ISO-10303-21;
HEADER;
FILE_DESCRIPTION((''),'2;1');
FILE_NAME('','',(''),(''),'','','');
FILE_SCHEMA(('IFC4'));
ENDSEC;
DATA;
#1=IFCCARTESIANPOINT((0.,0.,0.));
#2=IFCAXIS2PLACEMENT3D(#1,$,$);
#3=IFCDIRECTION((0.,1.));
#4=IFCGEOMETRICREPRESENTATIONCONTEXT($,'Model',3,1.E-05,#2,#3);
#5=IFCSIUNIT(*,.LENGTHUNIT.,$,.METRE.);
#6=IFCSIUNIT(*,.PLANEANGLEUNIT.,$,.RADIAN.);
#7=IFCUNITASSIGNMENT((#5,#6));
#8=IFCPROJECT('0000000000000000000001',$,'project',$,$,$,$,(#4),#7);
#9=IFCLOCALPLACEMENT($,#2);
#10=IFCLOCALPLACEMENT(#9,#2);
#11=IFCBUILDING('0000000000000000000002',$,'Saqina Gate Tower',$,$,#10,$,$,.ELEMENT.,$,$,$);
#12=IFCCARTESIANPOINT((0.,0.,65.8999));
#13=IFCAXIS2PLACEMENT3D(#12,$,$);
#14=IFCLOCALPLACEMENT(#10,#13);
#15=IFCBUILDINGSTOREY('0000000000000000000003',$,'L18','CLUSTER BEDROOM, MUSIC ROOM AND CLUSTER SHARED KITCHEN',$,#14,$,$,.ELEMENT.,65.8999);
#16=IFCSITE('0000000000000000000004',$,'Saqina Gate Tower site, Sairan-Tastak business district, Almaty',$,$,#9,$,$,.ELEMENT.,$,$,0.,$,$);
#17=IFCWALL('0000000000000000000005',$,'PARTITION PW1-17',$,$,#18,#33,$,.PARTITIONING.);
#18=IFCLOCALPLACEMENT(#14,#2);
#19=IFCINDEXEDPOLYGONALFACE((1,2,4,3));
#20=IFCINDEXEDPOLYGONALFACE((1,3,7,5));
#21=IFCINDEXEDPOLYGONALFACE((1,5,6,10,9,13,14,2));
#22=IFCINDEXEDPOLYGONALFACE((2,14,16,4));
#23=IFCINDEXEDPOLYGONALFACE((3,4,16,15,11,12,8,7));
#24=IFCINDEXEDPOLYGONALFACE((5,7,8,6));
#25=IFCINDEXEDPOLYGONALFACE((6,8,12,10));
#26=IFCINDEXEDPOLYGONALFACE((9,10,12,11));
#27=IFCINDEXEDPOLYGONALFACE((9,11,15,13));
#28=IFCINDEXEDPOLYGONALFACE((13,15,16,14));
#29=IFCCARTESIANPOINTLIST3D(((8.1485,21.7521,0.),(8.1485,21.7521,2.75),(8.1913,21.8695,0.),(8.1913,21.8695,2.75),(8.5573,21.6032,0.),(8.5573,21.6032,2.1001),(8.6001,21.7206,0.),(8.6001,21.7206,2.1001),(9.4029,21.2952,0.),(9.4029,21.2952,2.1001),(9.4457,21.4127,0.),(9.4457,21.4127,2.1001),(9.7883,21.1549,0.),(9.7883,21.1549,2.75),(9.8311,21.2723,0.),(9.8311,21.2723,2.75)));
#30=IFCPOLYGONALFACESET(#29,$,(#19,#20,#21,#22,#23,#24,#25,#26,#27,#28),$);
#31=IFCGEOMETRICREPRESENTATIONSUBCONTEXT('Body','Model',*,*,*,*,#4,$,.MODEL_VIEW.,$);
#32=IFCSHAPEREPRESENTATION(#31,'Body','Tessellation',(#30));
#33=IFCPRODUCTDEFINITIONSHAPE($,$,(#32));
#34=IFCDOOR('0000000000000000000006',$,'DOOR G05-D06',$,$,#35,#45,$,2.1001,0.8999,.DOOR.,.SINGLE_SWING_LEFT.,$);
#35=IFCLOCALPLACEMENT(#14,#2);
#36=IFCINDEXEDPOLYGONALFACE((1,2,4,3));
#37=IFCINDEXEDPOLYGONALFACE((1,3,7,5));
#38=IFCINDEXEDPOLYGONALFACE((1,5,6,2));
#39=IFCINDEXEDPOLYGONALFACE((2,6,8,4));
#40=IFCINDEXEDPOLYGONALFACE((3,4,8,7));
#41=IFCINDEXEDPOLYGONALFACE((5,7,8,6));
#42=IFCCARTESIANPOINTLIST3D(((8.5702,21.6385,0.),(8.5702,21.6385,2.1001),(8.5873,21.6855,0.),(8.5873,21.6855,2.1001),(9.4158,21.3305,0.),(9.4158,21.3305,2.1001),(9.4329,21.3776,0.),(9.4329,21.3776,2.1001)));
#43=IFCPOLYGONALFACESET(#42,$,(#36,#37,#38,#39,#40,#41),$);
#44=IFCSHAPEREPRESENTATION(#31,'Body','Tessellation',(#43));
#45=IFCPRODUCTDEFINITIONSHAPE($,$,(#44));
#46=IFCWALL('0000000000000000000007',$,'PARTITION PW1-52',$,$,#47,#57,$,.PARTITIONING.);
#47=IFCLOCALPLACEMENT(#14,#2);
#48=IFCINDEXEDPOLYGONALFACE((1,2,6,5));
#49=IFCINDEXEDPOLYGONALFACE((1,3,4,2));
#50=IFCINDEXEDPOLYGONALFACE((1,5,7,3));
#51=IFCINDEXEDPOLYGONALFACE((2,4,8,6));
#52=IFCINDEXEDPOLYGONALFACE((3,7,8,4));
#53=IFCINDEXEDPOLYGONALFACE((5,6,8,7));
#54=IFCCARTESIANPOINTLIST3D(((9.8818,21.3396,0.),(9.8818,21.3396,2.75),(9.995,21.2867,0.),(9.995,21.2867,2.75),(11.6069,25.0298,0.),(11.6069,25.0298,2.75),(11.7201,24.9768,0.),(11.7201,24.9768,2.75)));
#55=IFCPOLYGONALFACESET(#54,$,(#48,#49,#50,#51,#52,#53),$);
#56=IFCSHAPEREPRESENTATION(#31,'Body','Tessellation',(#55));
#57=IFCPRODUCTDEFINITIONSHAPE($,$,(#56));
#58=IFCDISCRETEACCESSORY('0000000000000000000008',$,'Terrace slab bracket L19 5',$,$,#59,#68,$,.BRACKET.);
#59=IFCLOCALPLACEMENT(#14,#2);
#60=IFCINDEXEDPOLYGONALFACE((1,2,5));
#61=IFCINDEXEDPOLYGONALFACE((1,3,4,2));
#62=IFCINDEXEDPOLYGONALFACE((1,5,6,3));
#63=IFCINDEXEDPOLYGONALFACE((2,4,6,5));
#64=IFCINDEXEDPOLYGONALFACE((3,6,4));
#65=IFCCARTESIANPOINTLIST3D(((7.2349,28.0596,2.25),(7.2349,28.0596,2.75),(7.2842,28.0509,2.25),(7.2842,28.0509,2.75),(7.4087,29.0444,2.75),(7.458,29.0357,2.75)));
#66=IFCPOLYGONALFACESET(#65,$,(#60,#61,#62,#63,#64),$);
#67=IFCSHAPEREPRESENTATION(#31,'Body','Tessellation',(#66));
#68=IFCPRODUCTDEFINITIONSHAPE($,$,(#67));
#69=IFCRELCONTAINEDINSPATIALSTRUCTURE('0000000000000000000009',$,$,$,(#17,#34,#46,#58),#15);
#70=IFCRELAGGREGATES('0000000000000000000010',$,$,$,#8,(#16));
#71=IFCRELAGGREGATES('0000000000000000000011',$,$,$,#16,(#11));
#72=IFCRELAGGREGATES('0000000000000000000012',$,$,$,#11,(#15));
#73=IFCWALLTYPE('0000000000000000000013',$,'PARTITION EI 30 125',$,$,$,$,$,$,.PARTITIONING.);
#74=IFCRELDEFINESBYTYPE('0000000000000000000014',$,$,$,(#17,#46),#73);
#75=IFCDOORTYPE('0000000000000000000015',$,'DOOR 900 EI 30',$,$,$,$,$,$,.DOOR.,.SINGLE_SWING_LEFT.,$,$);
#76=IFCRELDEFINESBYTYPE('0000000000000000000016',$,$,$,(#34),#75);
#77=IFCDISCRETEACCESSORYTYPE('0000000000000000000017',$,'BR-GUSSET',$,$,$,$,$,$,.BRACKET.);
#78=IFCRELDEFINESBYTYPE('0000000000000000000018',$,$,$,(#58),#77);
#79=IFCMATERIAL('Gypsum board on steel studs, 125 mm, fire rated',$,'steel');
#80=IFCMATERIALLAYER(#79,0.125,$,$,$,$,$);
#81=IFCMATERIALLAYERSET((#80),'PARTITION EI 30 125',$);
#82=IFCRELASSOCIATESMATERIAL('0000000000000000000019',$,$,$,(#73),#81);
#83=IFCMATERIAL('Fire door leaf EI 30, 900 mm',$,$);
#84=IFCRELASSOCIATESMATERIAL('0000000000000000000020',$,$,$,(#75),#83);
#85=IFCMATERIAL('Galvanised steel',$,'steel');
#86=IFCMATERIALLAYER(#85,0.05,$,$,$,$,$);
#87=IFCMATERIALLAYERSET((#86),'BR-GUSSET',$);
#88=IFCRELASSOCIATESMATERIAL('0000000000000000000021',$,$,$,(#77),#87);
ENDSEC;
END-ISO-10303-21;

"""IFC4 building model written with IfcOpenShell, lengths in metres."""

from ifc_helpers import new_model, si_unit, direction, frame, frame_2d, origin, place, context, subcontext, project, spatial, polyline, rectangle, outline, extrude, material, layer, layer_set, type_object, element, fill, save


model = new_model("IFC4")

# Units and contexts
model_context = context("Model", 3, precision=1e-05, world=origin(), true_north=direction((0.0, 1.0)))
body_context = subcontext(model_context, "Body", "Model", "MODEL_VIEW")
ifc_project = project(units=[si_unit("LENGTHUNIT", "METRE"), si_unit("PLANEANGLEUNIT", "RADIAN")], contexts=[model_context])

# Site, building, storey
site_placement = place(None, origin())
site = spatial("IfcSite", under=ifc_project, at=site_placement, Name="Saqina Gate Tower site, Sairan-Tastak business district, Almaty", CompositionType="ELEMENT", RefElevation=0.0)
building_placement = place(site_placement, origin())
building = spatial("IfcBuilding", under=site, at=building_placement, Name="Saqina Gate Tower", CompositionType="ELEMENT")
storey_placement = place(building_placement, frame((0.0, 0.0, 65.8999)))
storey = spatial("IfcBuildingStorey", under=building, at=storey_placement, Name="L18", Description="CLUSTER BEDROOM, MUSIC ROOM AND CLUSTER SHARED KITCHEN", CompositionType="ELEMENT", Elevation=65.8999)

# Wall, opening, door
ifc_material_1 = material(Name="Gypsum board on steel studs, 125 mm, fire rated", Category="steel")
ifc_layer_1 = layer(ifc_material_1, 0.125)
ifc_layer_set_1 = layer_set([ifc_layer_1], Name="PARTITION EI 30 125")
wall_type_1 = type_object("IfcWallType", Name="PARTITION EI 30 125", PredefinedType="PARTITIONING", material=ifc_layer_set_1)
wall_1_placement = place(storey_placement, frame((8.1699, 21.8108, 0.0), z_axis=(0.0, 0.0, 1.0), x_axis=(0.939622, -0.342215, 0.0)))
wall_1 = element("IfcWall", 1, at=wall_1_placement, inside=storey, type_object=wall_type_1, Name="PARTITION PW1-17", PredefinedType="PARTITIONING", context=body_context, shape_type="SweptSolid", body=[
    extrude(rectangle(XDim=1.7451, YDim=0.125, at=frame_2d((0.8726, 0.0))), origin(), (0.0, 0.0, 1.0), 2.75),
])
opening_1_placement = place(wall_1_placement, frame((0.4351, 0.0, 0.0)))
opening_1 = element("IfcOpeningElement", 2, at=opening_1_placement, cuts=wall_1, PredefinedType="OPENING", context=body_context, shape_type="SweptSolid", body=[
    extrude(rectangle(XDim=0.8999, YDim=2.1001, at=frame_2d((0.45, 1.05))), frame((0.0, 0.0745, 0.0), z_axis=(0.0, -1.0, 0.0), x_axis=(1.0, 0.0, 0.0)), (0.0, 0.0, 1.0), 0.1489),
])
ifc_material_2 = material(Name="Fire door leaf EI 30, 900 mm")
door_type = type_object("IfcDoorType", Name="DOOR 900 EI 30", OperationType="SINGLE_SWING_LEFT", PredefinedType="DOOR", material=ifc_material_2)
door_placement = place(opening_1_placement, frame((0.8999, 0.0, 0.0), z_axis=(0.0, 0.0, 1.0), x_axis=(-1.0, 0.0, 0.0)))
door = element("IfcDoor", 3, at=door_placement, inside=storey, type_object=door_type, Name="DOOR G05-D06", OperationType="SINGLE_SWING_LEFT", OverallHeight=2.1001, OverallWidth=0.8999, PredefinedType="DOOR", context=body_context, shape_type="SweptSolid", body=[
    extrude(rectangle(XDim=0.8999, YDim=2.1001, at=frame_2d((0.45, 1.05))), frame((0.0, 0.0249, 0.0), z_axis=(0.0, -1.0, 0.0), x_axis=(1.0, 0.0, 0.0)), (0.0, 0.0, 1.0), 0.05),
])
fill(opening_1, door)

# Wall
wall_2_placement = place(storey_placement, frame((9.9385, 21.3132, 0.0), z_axis=(0.0, 0.0, 1.0), x_axis=(0.423492, 0.9059, 0.0)))
element("IfcWall", 4, at=wall_2_placement, inside=storey, type_object=wall_type_1, Name="PARTITION PW1-52", PredefinedType="PARTITIONING", context=body_context, shape_type="SweptSolid", body=[
    extrude(rectangle(XDim=4.0735, YDim=0.125, at=frame_2d((2.0366, 0.0))), origin(), (0.0, 0.0, 1.0), 2.75),
])

# Discrete accessory
ifc_material_3 = material(Name="Galvanised steel", Category="steel")
ifc_layer_2 = layer(ifc_material_3, 0.05)
ifc_layer_set_2 = layer_set([ifc_layer_2], Name="BR-GUSSET")
discrete_accessory_type = type_object("IfcDiscreteAccessoryType", Name="BR-GUSSET", PredefinedType="BRACKET", material=ifc_layer_set_2)
discrete_accessory_placement = place(storey_placement, frame((7.2349, 28.0596, 2.25), z_axis=(-0.984779, 0.173813, 0.0), x_axis=(0.0, 0.0, 1.0)))
element("IfcDiscreteAccessory", 5, at=discrete_accessory_placement, inside=storey, type_object=discrete_accessory_type, Name="Terrace slab bracket L19 5", PredefinedType="BRACKET", context=body_context, shape_type="SweptSolid", body=[
    extrude(outline(polyline([(0.0, 0.0), (0.5, 0.0), (0.5, 1.0001), (0.0, 0.0)])), origin(), (0.0, 0.0, -1.0), 0.05),
])

save(model, "model.ifc")
